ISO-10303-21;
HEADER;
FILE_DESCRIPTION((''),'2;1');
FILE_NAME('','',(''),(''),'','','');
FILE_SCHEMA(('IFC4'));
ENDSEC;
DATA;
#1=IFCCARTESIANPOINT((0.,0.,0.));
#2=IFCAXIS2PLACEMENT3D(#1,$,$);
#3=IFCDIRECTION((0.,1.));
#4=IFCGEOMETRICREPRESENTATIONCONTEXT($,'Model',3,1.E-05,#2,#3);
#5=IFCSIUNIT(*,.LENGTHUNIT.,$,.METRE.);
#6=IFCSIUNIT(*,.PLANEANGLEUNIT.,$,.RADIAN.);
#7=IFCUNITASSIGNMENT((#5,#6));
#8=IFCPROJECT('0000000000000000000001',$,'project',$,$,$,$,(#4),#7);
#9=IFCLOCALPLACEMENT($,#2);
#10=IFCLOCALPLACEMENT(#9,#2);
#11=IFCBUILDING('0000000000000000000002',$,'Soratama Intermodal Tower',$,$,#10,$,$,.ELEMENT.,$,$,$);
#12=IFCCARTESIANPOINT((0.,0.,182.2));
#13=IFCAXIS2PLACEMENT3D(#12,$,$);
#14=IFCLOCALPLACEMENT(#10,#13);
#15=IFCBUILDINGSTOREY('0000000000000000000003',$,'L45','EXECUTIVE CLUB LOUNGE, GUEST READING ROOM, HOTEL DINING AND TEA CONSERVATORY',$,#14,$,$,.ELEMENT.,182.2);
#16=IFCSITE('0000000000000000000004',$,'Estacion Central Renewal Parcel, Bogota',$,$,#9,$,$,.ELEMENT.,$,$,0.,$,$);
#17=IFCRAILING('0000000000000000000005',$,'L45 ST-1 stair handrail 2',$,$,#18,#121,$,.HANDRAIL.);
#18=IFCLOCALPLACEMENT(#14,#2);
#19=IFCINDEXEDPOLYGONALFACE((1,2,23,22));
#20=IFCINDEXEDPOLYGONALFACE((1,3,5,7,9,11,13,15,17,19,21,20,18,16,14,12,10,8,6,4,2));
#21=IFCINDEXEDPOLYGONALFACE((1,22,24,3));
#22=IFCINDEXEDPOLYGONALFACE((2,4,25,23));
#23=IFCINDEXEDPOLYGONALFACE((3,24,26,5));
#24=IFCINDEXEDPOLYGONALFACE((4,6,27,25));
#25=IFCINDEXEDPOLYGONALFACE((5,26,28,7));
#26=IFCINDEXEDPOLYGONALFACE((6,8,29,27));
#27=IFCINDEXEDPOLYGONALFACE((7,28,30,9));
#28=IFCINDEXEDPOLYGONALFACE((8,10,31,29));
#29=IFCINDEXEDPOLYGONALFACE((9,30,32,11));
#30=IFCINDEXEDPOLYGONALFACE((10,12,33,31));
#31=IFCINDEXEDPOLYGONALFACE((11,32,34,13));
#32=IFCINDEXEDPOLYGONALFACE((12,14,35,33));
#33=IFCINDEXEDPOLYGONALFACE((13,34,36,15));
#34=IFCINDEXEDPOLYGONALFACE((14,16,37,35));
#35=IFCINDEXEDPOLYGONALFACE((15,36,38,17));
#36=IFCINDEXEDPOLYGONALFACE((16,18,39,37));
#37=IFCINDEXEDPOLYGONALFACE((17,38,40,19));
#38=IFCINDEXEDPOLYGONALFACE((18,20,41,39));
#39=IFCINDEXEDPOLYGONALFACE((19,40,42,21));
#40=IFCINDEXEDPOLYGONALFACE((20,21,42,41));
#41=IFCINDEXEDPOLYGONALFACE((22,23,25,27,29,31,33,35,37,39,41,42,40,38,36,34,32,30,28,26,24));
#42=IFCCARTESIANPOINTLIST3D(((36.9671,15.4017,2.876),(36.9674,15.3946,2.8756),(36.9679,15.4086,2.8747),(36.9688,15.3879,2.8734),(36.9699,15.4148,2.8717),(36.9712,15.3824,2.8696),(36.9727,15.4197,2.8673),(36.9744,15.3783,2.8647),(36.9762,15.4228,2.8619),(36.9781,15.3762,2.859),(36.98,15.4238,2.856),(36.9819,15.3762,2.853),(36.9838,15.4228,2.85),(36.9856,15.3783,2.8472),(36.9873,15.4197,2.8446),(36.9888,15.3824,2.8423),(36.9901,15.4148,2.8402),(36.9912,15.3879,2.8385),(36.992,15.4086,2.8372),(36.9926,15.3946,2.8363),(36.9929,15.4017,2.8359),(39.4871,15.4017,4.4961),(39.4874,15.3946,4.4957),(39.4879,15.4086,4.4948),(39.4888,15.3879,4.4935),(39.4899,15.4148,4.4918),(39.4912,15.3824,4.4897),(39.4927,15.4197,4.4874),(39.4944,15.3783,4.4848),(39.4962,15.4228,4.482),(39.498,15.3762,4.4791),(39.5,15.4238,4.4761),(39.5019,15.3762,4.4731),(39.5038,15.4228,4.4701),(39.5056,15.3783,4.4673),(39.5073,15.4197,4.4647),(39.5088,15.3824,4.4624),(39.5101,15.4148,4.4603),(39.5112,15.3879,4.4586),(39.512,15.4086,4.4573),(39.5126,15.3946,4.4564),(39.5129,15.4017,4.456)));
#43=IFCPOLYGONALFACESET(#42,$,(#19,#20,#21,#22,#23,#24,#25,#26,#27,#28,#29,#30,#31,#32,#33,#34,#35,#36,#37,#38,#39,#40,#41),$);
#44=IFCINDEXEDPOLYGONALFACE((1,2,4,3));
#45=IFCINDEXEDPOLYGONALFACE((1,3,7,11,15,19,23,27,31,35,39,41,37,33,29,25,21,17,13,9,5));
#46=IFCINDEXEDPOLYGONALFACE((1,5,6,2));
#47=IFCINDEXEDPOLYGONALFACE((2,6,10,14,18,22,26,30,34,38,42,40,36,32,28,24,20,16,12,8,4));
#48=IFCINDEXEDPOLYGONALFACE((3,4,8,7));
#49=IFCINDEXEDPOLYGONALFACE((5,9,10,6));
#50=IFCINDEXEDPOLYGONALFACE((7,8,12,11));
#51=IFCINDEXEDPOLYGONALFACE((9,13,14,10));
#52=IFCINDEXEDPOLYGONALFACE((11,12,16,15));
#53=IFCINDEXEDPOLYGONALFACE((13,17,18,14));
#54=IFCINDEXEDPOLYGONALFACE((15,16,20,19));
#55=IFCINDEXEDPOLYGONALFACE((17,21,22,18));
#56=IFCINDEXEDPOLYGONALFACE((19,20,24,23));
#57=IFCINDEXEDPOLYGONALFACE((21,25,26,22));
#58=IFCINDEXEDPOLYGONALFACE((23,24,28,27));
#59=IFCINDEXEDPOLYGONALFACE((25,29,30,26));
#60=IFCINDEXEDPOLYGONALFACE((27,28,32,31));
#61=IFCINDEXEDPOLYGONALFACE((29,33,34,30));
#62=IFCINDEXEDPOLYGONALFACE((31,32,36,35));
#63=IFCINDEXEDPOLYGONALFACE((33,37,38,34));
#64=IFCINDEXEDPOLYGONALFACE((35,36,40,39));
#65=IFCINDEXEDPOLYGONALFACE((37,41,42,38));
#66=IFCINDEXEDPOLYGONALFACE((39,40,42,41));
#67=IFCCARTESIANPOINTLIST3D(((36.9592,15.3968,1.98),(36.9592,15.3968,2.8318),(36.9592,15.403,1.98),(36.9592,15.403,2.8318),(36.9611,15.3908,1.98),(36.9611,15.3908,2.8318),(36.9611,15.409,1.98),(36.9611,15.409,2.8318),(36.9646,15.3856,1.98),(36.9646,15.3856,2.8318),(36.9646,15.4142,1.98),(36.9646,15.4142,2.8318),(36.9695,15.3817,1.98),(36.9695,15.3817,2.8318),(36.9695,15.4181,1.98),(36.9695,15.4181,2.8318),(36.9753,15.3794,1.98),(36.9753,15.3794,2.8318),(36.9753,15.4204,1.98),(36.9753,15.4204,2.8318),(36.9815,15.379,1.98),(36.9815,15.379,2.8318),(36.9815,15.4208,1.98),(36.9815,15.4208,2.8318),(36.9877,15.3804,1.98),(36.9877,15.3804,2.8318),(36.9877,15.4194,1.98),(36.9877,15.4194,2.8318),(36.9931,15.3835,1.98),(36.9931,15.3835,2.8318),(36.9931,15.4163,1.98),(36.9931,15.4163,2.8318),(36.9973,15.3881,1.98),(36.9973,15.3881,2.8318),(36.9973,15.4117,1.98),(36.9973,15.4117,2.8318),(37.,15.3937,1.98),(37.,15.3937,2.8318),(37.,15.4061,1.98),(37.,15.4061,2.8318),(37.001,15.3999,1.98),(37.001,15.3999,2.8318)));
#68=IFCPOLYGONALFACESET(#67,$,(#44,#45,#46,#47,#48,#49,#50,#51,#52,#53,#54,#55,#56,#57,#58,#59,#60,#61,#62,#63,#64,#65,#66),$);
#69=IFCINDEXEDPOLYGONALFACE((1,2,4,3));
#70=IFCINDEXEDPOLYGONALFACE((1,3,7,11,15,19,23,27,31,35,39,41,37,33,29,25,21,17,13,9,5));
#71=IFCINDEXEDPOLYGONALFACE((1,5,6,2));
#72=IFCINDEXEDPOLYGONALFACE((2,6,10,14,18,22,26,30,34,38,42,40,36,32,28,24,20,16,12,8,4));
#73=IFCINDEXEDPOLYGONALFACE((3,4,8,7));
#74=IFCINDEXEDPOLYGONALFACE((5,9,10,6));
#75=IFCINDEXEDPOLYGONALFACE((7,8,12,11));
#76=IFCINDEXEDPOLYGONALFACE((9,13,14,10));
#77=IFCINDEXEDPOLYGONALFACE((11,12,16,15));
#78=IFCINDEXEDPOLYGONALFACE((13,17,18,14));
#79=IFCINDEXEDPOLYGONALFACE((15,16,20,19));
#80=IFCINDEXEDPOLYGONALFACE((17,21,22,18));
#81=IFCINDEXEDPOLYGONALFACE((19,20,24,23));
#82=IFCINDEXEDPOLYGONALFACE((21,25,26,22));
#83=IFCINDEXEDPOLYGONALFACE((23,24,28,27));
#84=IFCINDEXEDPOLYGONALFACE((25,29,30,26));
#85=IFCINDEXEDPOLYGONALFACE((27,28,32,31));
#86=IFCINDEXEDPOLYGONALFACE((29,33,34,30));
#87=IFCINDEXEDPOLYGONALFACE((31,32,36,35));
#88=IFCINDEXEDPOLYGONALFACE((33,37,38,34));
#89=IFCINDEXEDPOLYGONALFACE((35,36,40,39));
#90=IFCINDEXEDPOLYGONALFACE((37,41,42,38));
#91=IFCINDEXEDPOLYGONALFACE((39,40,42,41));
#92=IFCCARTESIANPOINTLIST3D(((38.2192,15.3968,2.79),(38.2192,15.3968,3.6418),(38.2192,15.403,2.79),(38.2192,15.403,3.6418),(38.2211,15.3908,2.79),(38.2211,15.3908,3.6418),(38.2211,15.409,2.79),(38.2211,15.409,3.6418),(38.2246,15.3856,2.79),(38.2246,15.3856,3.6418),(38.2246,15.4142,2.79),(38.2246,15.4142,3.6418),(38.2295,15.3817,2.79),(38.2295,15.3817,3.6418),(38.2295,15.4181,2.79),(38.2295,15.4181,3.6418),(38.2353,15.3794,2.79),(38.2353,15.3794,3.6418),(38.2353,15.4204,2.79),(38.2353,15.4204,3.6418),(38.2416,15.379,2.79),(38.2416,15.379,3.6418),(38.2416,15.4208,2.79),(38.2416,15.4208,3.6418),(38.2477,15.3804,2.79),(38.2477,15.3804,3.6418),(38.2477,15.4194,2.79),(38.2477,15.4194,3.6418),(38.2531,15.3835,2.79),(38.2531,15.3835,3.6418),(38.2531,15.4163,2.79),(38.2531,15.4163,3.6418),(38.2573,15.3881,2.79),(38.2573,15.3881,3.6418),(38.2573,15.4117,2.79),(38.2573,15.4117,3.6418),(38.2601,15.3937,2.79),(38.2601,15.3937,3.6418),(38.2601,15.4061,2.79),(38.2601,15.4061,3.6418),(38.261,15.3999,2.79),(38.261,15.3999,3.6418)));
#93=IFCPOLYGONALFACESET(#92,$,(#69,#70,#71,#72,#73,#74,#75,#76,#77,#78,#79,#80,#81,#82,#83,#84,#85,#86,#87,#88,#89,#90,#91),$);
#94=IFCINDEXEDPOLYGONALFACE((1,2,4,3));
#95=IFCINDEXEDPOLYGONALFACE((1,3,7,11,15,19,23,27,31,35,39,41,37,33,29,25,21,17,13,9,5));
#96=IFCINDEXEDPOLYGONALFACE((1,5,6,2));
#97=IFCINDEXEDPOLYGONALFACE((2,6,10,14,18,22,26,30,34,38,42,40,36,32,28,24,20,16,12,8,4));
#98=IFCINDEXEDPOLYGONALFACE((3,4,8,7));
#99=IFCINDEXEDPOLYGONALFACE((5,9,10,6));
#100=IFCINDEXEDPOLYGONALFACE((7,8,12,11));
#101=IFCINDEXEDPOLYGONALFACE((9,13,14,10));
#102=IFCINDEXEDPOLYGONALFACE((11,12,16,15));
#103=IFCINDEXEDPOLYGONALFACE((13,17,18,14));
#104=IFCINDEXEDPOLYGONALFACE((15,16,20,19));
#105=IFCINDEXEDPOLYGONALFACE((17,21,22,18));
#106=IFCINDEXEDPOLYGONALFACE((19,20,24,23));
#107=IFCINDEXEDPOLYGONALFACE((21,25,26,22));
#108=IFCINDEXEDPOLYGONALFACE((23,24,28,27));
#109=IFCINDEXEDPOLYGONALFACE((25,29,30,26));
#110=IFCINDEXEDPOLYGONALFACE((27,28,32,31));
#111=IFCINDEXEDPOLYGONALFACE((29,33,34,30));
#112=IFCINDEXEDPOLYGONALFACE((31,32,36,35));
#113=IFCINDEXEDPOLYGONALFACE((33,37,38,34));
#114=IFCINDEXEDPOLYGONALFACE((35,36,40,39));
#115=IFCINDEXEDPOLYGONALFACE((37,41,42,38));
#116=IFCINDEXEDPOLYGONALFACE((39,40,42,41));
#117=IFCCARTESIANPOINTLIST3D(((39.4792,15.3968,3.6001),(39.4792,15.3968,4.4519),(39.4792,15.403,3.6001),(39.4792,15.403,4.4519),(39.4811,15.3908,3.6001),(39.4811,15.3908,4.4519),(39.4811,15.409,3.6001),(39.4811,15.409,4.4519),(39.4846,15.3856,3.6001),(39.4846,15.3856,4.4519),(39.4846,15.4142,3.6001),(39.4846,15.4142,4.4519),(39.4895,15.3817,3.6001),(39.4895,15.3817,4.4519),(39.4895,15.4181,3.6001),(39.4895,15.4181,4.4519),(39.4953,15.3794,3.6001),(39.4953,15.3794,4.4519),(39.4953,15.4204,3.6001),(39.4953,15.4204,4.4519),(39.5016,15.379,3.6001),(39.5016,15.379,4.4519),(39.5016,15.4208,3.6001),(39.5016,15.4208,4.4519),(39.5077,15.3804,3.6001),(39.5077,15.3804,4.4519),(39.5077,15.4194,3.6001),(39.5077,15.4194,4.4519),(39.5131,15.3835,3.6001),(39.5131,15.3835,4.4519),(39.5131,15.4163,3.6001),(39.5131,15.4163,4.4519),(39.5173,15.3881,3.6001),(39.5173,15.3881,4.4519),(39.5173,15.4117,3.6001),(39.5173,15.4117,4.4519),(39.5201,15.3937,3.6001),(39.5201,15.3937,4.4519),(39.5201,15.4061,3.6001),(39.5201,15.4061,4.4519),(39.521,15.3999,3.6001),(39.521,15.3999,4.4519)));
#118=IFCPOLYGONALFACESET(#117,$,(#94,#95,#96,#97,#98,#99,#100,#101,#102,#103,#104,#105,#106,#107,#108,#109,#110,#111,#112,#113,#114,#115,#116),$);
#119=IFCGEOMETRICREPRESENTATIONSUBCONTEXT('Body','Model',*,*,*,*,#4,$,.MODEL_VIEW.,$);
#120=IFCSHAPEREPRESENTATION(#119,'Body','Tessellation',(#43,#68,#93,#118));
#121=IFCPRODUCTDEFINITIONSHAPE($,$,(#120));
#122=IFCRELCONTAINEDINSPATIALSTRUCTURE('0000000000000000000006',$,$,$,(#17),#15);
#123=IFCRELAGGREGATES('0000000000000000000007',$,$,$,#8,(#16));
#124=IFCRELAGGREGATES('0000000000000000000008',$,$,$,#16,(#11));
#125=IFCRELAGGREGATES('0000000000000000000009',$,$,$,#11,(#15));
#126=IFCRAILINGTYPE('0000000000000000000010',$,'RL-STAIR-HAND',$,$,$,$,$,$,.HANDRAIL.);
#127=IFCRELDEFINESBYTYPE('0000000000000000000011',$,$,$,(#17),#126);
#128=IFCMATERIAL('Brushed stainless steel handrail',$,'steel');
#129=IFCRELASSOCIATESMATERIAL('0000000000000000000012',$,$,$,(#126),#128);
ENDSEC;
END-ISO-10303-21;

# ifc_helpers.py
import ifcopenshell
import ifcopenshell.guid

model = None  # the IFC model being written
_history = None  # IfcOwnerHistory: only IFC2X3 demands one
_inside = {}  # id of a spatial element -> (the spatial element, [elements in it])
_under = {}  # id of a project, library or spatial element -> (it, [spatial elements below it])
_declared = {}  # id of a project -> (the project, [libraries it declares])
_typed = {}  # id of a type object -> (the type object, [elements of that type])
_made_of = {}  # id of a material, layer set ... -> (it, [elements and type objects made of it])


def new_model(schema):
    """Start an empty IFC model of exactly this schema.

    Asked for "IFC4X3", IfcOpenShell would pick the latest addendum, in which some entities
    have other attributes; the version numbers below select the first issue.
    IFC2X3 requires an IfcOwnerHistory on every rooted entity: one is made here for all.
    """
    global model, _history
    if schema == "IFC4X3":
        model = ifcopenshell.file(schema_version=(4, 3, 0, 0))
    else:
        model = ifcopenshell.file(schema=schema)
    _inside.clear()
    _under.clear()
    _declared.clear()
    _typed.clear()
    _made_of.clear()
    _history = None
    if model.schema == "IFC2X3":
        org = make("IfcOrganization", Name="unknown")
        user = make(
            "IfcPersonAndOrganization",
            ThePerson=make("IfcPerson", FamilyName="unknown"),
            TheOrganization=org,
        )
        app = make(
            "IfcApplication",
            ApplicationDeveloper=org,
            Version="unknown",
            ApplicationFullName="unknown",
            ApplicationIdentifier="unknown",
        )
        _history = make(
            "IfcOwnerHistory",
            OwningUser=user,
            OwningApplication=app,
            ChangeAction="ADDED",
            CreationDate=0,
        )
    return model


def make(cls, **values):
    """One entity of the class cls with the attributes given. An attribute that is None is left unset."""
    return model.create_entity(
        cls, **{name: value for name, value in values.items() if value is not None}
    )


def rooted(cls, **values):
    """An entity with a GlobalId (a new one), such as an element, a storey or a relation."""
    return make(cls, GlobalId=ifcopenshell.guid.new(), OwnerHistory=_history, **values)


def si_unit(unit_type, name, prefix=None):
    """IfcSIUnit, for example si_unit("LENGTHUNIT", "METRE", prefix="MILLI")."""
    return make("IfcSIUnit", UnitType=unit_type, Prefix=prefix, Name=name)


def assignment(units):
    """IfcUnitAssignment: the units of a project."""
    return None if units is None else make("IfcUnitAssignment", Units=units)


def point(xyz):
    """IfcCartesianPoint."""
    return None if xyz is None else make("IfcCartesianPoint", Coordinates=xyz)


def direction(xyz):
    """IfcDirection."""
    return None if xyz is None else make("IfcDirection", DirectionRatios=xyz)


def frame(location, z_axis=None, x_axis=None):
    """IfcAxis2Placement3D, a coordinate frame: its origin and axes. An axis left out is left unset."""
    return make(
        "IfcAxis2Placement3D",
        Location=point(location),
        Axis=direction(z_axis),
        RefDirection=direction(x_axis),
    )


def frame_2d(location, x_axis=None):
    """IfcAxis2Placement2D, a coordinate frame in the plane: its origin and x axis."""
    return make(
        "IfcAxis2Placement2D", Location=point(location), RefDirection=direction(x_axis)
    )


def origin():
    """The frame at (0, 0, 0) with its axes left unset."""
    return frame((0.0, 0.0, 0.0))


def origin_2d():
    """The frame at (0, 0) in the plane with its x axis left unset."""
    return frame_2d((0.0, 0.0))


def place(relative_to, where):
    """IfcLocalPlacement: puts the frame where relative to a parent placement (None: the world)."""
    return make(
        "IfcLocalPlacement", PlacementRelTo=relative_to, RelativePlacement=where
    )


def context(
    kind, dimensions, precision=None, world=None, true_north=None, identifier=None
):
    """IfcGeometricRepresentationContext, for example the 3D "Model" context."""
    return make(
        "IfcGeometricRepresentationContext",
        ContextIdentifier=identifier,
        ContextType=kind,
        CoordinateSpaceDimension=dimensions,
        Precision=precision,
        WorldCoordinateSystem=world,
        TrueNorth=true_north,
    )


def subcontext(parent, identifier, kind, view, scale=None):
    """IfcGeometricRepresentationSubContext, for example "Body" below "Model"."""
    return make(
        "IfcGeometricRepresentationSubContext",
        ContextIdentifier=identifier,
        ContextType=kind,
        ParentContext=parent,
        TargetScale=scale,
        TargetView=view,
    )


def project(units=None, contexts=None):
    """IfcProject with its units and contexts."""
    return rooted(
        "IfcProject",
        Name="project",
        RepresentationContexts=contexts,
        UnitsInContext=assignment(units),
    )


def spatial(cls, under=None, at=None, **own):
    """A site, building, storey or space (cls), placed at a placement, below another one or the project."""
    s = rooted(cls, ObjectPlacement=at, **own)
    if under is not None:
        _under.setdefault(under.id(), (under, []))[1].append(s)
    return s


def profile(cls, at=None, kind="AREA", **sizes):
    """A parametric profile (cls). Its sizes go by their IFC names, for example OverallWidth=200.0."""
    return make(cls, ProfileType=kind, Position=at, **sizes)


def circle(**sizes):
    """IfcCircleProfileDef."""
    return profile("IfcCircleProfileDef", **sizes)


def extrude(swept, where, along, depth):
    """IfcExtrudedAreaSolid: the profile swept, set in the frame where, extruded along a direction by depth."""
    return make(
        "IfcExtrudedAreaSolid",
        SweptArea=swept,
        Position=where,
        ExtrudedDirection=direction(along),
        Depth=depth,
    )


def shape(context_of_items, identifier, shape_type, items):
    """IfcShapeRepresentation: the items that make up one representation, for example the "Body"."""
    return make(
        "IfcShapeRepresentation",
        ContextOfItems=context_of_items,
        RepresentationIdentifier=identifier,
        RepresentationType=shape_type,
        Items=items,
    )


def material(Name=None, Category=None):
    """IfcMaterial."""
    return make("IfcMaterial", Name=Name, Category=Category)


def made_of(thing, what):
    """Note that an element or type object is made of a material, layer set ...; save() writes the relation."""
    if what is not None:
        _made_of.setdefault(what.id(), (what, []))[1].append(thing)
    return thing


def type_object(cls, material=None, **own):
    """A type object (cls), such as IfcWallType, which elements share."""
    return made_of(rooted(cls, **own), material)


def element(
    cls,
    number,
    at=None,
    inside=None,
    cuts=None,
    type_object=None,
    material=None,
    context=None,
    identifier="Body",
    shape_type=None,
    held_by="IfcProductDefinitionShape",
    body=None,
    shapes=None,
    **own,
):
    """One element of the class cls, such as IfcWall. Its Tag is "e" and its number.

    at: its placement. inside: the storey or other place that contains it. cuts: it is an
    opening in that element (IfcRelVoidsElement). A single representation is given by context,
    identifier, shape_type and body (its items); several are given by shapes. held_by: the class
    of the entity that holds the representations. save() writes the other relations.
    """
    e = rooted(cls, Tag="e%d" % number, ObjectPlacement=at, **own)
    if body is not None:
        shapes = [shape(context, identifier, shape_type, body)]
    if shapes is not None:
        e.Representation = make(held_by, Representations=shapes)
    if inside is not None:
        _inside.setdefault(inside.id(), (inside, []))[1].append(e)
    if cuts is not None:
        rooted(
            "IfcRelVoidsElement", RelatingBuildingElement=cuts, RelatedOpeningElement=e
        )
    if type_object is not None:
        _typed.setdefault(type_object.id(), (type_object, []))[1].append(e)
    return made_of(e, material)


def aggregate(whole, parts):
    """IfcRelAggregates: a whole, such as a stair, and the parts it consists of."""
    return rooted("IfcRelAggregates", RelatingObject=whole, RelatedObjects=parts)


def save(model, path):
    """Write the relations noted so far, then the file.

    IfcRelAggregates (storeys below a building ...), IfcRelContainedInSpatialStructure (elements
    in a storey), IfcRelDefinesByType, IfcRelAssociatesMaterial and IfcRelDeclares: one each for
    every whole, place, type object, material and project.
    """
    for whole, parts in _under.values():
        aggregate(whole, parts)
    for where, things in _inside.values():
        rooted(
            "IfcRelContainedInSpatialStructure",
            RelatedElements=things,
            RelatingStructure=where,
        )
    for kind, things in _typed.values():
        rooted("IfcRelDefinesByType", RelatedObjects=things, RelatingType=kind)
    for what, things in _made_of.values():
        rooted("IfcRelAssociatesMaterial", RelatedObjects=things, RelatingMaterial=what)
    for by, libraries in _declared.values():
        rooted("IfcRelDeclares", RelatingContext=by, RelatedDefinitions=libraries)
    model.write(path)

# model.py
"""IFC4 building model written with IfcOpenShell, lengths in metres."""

from ifc_helpers import new_model, si_unit, direction, frame, origin, origin_2d, place, context, subcontext, project, spatial, circle, extrude, material, type_object, element, save


model = new_model("IFC4")

# Units and contexts
model_context = context("Model", 3, precision=1e-05, world=origin(), true_north=direction((0.0, 1.0)))
body_context = subcontext(model_context, "Body", "Model", "MODEL_VIEW")
ifc_project = project(units=[si_unit("LENGTHUNIT", "METRE"), si_unit("PLANEANGLEUNIT", "RADIAN")], contexts=[model_context])

# Site, building, storey
site_placement = place(None, origin())
site = spatial("IfcSite", under=ifc_project, at=site_placement, Name="Estacion Central Renewal Parcel, Bogota", CompositionType="ELEMENT", RefElevation=0.0)
building_placement = place(site_placement, origin())
building = spatial("IfcBuilding", under=site, at=building_placement, Name="Soratama Intermodal Tower", CompositionType="ELEMENT")
storey_placement = place(building_placement, frame((0.0, 0.0, 182.2)))
storey = spatial("IfcBuildingStorey", under=building, at=storey_placement, Name="L45", Description="EXECUTIVE CLUB LOUNGE, GUEST READING ROOM, HOTEL DINING AND TEA CONSERVATORY", CompositionType="ELEMENT", Elevation=182.2)

# Railing
ifc_material_1 = material(Name="Brushed stainless steel handrail", Category="steel")
railing_type_1 = type_object("IfcRailingType", Name="RL-STAIR-HAND", PredefinedType="HANDRAIL", material=ifc_material_1)
railing_1_placement = place(storey_placement, frame((36.98, 15.3999, 1.98)))
element("IfcRailing", 1, at=railing_1_placement, inside=storey, type_object=railing_type_1, Name="L45 ST-1 stair handrail 2", PredefinedType="HANDRAIL", context=body_context, shape_type="SweptSolid", body=[
    extrude(circle(Radius=0.0239, at=origin_2d()), frame((0.0, 0.0, 0.876), z_axis=(0.841163, 0.0, 0.540782), x_axis=(0.0, 1.0, 0.0)), (0.0, 0.0, 1.0), 2.9958),
    extrude(circle(Radius=0.021, at=origin_2d()), origin(), (0.0, 0.0, 1.0), 0.8518),
    extrude(circle(Radius=0.021, at=origin_2d()), frame((1.26, 0.0, 0.8101)), (0.0, 0.0, 1.0), 0.8518),
    extrude(circle(Radius=0.021, at=origin_2d()), frame((2.52, 0.0, 1.6201)), (0.0, 0.0, 1.0), 0.8518),
])

save(model, "model.ifc")
